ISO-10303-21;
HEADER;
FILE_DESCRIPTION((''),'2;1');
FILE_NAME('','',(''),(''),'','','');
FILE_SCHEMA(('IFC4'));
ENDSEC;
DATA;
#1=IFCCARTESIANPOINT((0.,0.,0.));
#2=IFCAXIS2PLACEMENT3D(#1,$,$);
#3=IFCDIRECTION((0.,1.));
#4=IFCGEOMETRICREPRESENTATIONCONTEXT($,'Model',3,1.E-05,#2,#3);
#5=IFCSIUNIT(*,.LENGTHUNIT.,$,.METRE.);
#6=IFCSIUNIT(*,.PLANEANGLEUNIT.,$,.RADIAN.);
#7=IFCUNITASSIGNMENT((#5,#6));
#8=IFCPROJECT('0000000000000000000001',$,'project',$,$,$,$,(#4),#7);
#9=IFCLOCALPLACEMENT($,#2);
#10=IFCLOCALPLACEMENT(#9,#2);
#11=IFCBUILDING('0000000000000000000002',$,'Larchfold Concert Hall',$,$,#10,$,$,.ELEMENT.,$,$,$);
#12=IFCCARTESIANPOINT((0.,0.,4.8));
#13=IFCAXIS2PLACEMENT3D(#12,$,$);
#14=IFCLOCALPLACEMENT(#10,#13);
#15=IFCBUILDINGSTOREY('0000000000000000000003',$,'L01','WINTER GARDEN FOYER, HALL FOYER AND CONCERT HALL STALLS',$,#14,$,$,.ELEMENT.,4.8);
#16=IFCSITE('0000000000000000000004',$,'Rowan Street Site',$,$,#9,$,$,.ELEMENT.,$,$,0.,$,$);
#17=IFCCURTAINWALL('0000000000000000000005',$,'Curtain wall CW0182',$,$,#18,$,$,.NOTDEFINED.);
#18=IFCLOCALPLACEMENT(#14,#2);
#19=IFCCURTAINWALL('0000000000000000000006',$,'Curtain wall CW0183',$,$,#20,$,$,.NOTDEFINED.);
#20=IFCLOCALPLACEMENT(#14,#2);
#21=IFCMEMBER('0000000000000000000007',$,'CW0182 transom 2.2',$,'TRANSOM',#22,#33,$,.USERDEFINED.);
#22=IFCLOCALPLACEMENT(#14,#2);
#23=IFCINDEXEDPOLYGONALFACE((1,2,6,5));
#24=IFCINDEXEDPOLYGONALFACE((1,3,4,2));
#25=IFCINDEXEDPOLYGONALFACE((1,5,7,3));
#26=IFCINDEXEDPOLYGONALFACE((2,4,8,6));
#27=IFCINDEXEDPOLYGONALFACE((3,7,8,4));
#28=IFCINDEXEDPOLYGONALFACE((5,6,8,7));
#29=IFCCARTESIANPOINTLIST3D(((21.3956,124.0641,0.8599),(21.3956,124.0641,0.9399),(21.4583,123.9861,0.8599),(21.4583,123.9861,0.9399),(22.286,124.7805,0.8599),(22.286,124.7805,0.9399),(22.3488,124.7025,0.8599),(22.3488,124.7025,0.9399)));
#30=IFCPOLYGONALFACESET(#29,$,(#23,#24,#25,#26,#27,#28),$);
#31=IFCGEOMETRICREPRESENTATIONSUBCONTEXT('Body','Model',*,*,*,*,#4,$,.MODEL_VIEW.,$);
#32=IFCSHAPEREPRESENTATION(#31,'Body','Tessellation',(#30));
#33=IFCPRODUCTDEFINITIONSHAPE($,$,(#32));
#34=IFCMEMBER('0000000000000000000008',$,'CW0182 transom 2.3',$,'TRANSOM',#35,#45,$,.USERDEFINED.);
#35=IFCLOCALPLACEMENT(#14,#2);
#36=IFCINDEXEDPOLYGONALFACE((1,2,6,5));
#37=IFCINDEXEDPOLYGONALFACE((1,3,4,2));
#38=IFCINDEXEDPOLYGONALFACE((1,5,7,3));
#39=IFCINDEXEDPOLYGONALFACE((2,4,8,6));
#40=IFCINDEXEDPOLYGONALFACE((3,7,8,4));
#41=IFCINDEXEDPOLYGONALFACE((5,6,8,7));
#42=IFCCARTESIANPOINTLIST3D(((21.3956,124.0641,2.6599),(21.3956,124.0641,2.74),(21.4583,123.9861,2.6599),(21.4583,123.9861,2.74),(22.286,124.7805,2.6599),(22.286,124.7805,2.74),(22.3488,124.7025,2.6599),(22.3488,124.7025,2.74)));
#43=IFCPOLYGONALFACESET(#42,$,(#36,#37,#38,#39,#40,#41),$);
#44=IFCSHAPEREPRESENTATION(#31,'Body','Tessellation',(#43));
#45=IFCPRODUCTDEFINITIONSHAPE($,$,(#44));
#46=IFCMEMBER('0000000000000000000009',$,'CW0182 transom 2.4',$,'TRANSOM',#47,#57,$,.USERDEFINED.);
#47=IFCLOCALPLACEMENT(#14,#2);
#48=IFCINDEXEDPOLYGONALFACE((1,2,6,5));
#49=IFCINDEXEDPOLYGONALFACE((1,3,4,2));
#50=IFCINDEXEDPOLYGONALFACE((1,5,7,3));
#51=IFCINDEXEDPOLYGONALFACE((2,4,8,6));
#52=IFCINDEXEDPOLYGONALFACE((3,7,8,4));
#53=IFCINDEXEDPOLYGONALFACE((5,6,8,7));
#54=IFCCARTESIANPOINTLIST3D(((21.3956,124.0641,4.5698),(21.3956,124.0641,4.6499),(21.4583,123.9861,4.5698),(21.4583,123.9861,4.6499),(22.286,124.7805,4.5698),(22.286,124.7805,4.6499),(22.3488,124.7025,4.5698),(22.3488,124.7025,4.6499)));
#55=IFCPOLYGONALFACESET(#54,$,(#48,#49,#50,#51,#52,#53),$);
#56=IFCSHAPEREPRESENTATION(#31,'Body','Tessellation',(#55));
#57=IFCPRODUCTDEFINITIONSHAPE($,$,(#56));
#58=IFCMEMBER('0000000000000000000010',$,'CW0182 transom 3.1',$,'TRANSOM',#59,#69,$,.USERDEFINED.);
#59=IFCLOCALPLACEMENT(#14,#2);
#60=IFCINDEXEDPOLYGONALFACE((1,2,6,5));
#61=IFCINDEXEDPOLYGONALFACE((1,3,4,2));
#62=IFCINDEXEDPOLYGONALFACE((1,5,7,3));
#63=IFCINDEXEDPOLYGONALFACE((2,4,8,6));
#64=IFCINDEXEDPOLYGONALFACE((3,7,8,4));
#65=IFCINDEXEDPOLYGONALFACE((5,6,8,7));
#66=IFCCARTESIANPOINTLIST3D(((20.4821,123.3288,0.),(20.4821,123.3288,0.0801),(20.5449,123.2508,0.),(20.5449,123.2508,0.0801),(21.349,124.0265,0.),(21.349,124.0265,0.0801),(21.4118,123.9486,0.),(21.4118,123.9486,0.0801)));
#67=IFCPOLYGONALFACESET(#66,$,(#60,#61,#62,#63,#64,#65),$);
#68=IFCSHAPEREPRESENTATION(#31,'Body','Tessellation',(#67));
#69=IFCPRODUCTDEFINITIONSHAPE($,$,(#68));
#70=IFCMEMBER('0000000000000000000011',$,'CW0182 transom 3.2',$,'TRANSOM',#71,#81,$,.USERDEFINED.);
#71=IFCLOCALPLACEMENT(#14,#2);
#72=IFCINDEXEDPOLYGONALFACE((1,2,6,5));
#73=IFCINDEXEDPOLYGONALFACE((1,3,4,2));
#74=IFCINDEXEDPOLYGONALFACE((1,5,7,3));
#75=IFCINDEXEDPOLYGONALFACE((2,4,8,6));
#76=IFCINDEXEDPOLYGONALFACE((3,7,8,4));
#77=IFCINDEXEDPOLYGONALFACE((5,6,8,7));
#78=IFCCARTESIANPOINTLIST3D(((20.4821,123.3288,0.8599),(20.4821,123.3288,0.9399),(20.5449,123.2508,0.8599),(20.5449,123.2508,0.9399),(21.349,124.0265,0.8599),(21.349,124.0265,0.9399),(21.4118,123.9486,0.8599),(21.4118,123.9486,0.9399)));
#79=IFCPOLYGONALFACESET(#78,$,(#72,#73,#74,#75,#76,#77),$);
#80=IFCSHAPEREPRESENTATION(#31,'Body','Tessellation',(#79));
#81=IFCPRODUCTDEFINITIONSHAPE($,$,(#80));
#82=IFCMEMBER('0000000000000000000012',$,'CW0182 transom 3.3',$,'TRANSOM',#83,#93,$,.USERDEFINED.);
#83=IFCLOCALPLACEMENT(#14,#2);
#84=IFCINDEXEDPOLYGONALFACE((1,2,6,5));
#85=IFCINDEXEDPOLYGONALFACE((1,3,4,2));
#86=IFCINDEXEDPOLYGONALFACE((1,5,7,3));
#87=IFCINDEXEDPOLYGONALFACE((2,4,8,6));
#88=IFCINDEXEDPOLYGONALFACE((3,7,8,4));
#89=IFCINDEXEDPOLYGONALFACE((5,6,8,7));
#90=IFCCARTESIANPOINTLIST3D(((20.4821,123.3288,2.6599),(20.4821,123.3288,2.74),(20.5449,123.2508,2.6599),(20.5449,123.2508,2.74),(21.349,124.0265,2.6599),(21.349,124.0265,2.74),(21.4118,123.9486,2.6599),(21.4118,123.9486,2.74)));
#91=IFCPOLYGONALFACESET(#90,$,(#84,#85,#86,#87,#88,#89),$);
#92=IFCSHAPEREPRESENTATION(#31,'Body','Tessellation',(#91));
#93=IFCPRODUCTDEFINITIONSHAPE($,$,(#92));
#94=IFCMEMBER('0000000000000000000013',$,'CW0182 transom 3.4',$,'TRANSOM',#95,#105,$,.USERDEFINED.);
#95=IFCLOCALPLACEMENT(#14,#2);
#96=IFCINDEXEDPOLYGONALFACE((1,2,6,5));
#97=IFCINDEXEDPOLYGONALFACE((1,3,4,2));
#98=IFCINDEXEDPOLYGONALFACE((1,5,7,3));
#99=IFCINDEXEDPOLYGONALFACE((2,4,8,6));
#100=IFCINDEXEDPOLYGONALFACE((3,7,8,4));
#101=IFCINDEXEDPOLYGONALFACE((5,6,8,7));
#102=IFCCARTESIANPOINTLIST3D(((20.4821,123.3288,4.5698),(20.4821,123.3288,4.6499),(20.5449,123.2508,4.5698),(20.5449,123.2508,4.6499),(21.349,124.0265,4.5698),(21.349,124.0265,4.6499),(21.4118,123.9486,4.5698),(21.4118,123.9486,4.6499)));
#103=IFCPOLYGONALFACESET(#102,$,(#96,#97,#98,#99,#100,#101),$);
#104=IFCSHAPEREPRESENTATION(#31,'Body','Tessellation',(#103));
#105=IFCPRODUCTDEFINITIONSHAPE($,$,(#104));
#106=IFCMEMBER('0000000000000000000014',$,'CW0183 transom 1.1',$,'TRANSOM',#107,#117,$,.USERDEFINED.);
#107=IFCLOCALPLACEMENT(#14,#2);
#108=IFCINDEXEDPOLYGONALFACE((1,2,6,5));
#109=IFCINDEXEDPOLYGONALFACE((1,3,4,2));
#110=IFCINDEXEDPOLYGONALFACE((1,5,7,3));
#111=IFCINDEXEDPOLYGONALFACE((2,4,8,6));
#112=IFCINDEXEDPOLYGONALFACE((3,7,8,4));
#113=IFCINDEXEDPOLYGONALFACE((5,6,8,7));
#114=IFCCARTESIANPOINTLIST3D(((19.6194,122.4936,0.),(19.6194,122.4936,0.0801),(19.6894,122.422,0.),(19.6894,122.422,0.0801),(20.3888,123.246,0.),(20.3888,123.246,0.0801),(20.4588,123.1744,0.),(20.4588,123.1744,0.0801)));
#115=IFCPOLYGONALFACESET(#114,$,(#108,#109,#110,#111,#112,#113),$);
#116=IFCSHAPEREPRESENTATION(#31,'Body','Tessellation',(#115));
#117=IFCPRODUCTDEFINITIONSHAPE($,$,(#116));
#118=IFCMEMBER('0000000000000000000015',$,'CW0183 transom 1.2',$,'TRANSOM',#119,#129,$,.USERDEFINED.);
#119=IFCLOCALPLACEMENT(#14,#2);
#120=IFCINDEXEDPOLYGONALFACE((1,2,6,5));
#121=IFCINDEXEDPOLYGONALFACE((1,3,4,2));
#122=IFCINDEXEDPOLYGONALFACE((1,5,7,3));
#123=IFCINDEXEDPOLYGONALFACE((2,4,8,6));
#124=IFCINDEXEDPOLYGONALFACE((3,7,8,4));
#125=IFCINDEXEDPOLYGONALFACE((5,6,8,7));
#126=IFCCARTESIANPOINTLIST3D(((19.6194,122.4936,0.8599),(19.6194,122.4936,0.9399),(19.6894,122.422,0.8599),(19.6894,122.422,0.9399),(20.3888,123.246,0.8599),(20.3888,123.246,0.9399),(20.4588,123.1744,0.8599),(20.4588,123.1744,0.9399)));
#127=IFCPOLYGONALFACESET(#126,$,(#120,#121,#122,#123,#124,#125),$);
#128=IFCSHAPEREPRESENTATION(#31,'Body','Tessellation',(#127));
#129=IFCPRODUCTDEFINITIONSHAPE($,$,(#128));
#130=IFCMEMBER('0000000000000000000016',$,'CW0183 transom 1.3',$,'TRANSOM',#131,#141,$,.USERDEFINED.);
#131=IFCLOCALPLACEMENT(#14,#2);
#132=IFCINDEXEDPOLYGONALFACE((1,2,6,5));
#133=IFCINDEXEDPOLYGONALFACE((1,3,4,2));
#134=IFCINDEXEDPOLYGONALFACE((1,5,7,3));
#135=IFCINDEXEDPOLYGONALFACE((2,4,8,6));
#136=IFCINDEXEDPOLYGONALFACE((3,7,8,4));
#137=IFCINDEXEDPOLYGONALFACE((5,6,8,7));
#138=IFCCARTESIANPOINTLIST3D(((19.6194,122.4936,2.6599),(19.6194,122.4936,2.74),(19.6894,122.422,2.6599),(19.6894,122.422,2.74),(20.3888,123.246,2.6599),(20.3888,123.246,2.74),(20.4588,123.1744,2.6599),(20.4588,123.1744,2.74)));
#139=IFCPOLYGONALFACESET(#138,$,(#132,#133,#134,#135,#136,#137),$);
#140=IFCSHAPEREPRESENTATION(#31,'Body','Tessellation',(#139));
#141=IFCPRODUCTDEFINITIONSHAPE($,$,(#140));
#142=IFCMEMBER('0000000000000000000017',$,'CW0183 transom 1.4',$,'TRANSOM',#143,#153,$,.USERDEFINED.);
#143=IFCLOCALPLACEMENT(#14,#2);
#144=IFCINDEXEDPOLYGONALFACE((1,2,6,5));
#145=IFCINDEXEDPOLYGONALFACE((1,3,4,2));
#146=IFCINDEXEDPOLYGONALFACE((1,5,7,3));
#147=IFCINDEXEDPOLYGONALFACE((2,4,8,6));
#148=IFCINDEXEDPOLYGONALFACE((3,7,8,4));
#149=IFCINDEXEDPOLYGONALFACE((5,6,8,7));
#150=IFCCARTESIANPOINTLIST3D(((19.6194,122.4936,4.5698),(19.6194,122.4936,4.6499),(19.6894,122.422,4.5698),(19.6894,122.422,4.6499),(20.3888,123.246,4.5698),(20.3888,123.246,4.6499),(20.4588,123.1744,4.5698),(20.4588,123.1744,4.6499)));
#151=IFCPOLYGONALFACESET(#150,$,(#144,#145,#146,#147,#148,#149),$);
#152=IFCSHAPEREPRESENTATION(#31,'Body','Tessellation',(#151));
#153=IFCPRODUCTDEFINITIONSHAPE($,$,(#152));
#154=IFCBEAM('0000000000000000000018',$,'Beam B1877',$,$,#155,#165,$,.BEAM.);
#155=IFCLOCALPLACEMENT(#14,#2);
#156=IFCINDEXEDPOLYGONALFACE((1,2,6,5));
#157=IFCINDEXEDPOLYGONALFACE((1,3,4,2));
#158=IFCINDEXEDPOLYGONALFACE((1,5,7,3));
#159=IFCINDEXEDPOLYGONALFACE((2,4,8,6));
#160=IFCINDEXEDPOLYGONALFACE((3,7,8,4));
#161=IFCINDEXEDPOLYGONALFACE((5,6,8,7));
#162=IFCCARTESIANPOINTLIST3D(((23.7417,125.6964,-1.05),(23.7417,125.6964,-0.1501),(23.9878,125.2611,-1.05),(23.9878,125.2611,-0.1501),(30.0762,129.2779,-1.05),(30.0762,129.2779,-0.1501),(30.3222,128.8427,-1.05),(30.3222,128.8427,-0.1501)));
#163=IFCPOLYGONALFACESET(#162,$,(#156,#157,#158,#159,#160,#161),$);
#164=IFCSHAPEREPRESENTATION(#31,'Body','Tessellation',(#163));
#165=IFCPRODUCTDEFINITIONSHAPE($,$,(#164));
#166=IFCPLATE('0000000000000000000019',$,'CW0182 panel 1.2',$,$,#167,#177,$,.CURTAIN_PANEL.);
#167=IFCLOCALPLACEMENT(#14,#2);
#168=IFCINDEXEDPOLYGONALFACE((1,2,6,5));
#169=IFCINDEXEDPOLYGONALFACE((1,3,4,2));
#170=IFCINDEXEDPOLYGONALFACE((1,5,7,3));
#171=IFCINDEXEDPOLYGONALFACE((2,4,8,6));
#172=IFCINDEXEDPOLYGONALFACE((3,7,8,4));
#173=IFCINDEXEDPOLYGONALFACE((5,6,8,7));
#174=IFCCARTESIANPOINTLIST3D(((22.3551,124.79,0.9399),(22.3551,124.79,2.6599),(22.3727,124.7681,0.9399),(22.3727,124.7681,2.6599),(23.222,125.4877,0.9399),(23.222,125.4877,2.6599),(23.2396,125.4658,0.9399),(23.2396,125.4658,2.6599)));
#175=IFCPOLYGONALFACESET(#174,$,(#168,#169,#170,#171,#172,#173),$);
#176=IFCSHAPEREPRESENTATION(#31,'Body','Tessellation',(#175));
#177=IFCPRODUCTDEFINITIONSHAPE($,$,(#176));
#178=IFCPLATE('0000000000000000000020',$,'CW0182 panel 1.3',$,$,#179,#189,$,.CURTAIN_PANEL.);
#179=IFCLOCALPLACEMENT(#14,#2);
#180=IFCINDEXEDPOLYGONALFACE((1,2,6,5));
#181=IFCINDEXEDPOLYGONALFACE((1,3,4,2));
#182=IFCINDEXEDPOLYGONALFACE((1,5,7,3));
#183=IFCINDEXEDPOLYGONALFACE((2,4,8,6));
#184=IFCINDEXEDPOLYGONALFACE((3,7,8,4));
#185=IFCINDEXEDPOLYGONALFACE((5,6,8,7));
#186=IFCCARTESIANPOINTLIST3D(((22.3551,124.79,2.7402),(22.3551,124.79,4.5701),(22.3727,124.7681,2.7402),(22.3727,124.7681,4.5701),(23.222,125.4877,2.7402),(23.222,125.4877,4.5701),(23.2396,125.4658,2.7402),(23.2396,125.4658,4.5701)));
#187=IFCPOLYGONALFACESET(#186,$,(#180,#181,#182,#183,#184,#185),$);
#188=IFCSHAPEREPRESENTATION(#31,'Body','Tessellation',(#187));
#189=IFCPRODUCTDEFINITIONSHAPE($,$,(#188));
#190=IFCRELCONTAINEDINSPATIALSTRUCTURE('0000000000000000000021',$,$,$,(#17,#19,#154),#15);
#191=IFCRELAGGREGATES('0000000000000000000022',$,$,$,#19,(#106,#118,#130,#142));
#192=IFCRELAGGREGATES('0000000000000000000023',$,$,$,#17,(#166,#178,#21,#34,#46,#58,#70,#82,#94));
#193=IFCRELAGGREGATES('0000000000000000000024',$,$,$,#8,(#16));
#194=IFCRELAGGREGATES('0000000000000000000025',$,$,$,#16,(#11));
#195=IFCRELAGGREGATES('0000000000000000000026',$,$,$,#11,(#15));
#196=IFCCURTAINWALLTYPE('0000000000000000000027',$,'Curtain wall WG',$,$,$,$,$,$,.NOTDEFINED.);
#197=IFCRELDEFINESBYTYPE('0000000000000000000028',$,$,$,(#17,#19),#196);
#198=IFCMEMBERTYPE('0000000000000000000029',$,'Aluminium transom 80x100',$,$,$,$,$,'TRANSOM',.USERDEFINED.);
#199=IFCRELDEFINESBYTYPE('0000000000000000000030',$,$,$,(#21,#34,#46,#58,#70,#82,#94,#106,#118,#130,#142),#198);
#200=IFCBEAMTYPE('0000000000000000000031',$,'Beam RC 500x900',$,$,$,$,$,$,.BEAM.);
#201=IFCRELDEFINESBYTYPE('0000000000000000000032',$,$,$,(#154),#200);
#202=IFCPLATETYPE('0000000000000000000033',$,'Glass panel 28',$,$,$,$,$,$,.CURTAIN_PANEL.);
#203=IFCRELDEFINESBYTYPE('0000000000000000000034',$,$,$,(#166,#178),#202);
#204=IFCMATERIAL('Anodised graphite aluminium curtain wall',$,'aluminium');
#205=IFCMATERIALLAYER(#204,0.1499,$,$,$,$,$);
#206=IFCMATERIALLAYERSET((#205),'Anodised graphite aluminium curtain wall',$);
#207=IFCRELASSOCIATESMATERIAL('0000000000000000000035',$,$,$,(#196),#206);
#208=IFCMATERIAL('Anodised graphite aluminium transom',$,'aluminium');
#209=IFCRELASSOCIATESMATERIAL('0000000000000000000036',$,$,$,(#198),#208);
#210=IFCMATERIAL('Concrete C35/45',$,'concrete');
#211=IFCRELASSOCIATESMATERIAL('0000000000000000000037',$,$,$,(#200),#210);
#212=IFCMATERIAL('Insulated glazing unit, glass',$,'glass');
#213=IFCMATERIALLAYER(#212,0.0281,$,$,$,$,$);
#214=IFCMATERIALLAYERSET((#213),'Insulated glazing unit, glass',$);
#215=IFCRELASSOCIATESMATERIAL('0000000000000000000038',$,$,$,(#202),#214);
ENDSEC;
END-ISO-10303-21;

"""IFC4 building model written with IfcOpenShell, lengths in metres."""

from ifc_helpers import new_model, si_unit, direction, frame, origin, origin_2d, place, context, subcontext, project, spatial, rectangle, extrude, material, layer, layer_set, material_profile, profile_set, type_object, element, aggregate, save


model = new_model("IFC4")

# Units and contexts
model_context = context("Model", 3, precision=1e-05, world=origin(), true_north=direction((0.0, 1.0)))
body_context = subcontext(model_context, "Body", "Model", "MODEL_VIEW")
ifc_project = project(units=[si_unit("LENGTHUNIT", "METRE"), si_unit("PLANEANGLEUNIT", "RADIAN")], contexts=[model_context])

# Site, building, storey
site_placement = place(None, origin())
site = spatial("IfcSite", under=ifc_project, at=site_placement, Name="Rowan Street Site", CompositionType="ELEMENT", RefElevation=0.0)
building_placement = place(site_placement, origin())
building = spatial("IfcBuilding", under=site, at=building_placement, Name="Larchfold Concert Hall", CompositionType="ELEMENT")
storey_placement = place(building_placement, frame((0.0, 0.0, 4.8)))
storey = spatial("IfcBuildingStorey", under=building, at=storey_placement, Name="L01", Description="WINTER GARDEN FOYER, HALL FOYER AND CONCERT HALL STALLS", CompositionType="ELEMENT", Elevation=4.8)

# Shared definitions
ifc_material_1 = material(Name="Anodised graphite aluminium curtain wall", Category="aluminium")
ifc_layer_1 = layer(ifc_material_1, 0.1499)
ifc_layer_set_1 = layer_set([ifc_layer_1], Name="Anodised graphite aluminium curtain wall")
curtain_wall_type = type_object("IfcCurtainWallType", Name="Curtain wall WG", PredefinedType="NOTDEFINED", material=ifc_layer_set_1)

# Curtain wall
curtain_wall_1_placement = place(storey_placement, origin())
curtain_wall_1 = element("IfcCurtainWall", 1, at=curtain_wall_1_placement, inside=storey, type_object=curtain_wall_type, Name="Curtain wall CW0182", PredefinedType="NOTDEFINED")

# Curtain wall
curtain_wall_2_placement = place(storey_placement, origin())
curtain_wall_2 = element("IfcCurtainWall", 2, at=curtain_wall_2_placement, inside=storey, type_object=curtain_wall_type, Name="Curtain wall CW0183", PredefinedType="NOTDEFINED")

# Members
ifc_material_2 = material(Name="Anodised graphite aluminium transom", Category="aluminium")
ifc_material_profile_1 = material_profile(ifc_material_2, rectangle(XDim=0.1001, YDim=0.0801, at=origin_2d()))
ifc_profile_set_1 = profile_set([ifc_material_profile_1], Name="Anodised graphite aluminium transom")
member_type_1 = type_object("IfcMemberType", Name="Aluminium transom 80x100", ElementType="TRANSOM", PredefinedType="USERDEFINED", material=ifc_profile_set_1)
member_1_placement = place(storey_placement, frame((22.3174, 124.7415, 0.8999), z_axis=(-0.779157, -0.626829, 0.0), x_axis=(0.626829, -0.779157, 0.0)))
member_1 = element("IfcMember", 3, at=member_1_placement, type_object=member_type_1, Name="CW0182 transom 2.2", ObjectType="TRANSOM", PredefinedType="USERDEFINED", context=body_context, shape_type="SweptSolid", body=[
    extrude(rectangle(XDim=0.1001, YDim=0.0801, at=origin_2d()), origin(), (0.0, 0.0, 1.0), 1.1428),
])
member_2_placement = place(storey_placement, frame((22.3174, 124.7415, 2.7), z_axis=(-0.779157, -0.626829, 0.0), x_axis=(0.626829, -0.779157, 0.0)))
member_2 = element("IfcMember", 4, at=member_2_placement, type_object=member_type_1, Name="CW0182 transom 2.3", ObjectType="TRANSOM", PredefinedType="USERDEFINED", context=body_context, shape_type="SweptSolid", body=[
    extrude(rectangle(XDim=0.1001, YDim=0.0801, at=origin_2d()), origin(), (0.0, 0.0, 1.0), 1.1428),
])
member_3_placement = place(storey_placement, frame((22.3174, 124.7415, 4.6099), z_axis=(-0.779157, -0.626829, 0.0), x_axis=(0.626829, -0.779157, 0.0)))
member_3 = element("IfcMember", 5, at=member_3_placement, type_object=member_type_1, Name="CW0182 transom 2.4", ObjectType="TRANSOM", PredefinedType="USERDEFINED", context=body_context, shape_type="SweptSolid", body=[
    extrude(rectangle(XDim=0.1001, YDim=0.0801, at=origin_2d()), origin(), (0.0, 0.0, 1.0), 1.1428),
])
member_4_placement = place(storey_placement, frame((21.3804, 123.9875, 0.04), z_axis=(-0.779025, -0.626993, 0.0), x_axis=(0.626993, -0.779025, 0.0)))
member_4 = element("IfcMember", 6, at=member_4_placement, type_object=member_type_1, Name="CW0182 transom 3.1", ObjectType="TRANSOM", PredefinedType="USERDEFINED", context=body_context, shape_type="SweptSolid", body=[
    extrude(rectangle(XDim=0.1001, YDim=0.0801, at=origin_2d()), origin(), (0.0, 0.0, 1.0), 1.1128),
])
member_5_placement = place(storey_placement, frame((21.3804, 123.9875, 0.8999), z_axis=(-0.779025, -0.626993, 0.0), x_axis=(0.626993, -0.779025, 0.0)))
member_5 = element("IfcMember", 7, at=member_5_placement, type_object=member_type_1, Name="CW0182 transom 3.2", ObjectType="TRANSOM", PredefinedType="USERDEFINED", context=body_context, shape_type="SweptSolid", body=[
    extrude(rectangle(XDim=0.1001, YDim=0.0801, at=origin_2d()), origin(), (0.0, 0.0, 1.0), 1.1128),
])
member_6_placement = place(storey_placement, frame((21.3804, 123.9875, 2.7), z_axis=(-0.779025, -0.626993, 0.0), x_axis=(0.626993, -0.779025, 0.0)))
member_6 = element("IfcMember", 8, at=member_6_placement, type_object=member_type_1, Name="CW0182 transom 3.3", ObjectType="TRANSOM", PredefinedType="USERDEFINED", context=body_context, shape_type="SweptSolid", body=[
    extrude(rectangle(XDim=0.1001, YDim=0.0801, at=origin_2d()), origin(), (0.0, 0.0, 1.0), 1.1128),
])
member_7_placement = place(storey_placement, frame((21.3804, 123.9875, 4.6099), z_axis=(-0.779025, -0.626993, 0.0), x_axis=(0.626993, -0.779025, 0.0)))
member_7 = element("IfcMember", 9, at=member_7_placement, type_object=member_type_1, Name="CW0182 transom 3.4", ObjectType="TRANSOM", PredefinedType="USERDEFINED", context=body_context, shape_type="SweptSolid", body=[
    extrude(rectangle(XDim=0.1001, YDim=0.0801, at=origin_2d()), origin(), (0.0, 0.0, 1.0), 1.1128),
])
member_8_placement = place(storey_placement, frame((20.4238, 123.2102, 0.04), z_axis=(-0.715002, -0.699123, 0.0), x_axis=(0.699123, -0.715002, 0.0)))
member_8 = element("IfcMember", 10, at=member_8_placement, type_object=member_type_1, Name="CW0183 transom 1.1", ObjectType="TRANSOM", PredefinedType="USERDEFINED", context=body_context, shape_type="SweptSolid", body=[
    extrude(rectangle(XDim=0.1001, YDim=0.0801, at=origin_2d()), origin(), (0.0, 0.0, 1.0), 1.0762),
])
member_9_placement = place(storey_placement, frame((20.4238, 123.2102, 0.8999), z_axis=(-0.715002, -0.699123, 0.0), x_axis=(0.699123, -0.715002, 0.0)))
member_9 = element("IfcMember", 11, at=member_9_placement, type_object=member_type_1, Name="CW0183 transom 1.2", ObjectType="TRANSOM", PredefinedType="USERDEFINED", context=body_context, shape_type="SweptSolid", body=[
    extrude(rectangle(XDim=0.1001, YDim=0.0801, at=origin_2d()), origin(), (0.0, 0.0, 1.0), 1.0762),
])
member_10_placement = place(storey_placement, frame((20.4238, 123.2102, 2.7), z_axis=(-0.715002, -0.699123, 0.0), x_axis=(0.699123, -0.715002, 0.0)))
member_10 = element("IfcMember", 12, at=member_10_placement, type_object=member_type_1, Name="CW0183 transom 1.3", ObjectType="TRANSOM", PredefinedType="USERDEFINED", context=body_context, shape_type="SweptSolid", body=[
    extrude(rectangle(XDim=0.1001, YDim=0.0801, at=origin_2d()), origin(), (0.0, 0.0, 1.0), 1.0762),
])
member_11_placement = place(storey_placement, frame((20.4238, 123.2102, 4.6099), z_axis=(-0.715002, -0.699123, 0.0), x_axis=(0.699123, -0.715002, 0.0)))
member_11 = element("IfcMember", 13, at=member_11_placement, type_object=member_type_1, Name="CW0183 transom 1.4", ObjectType="TRANSOM", PredefinedType="USERDEFINED", context=body_context, shape_type="SweptSolid", body=[
    extrude(rectangle(XDim=0.1001, YDim=0.0801, at=origin_2d()), origin(), (0.0, 0.0, 1.0), 1.0762),
])

# Beam
ifc_material_3 = material(Name="Concrete C35/45", Category="concrete")
ifc_material_profile_2 = material_profile(ifc_material_3, rectangle(XDim=0.5, YDim=0.8999, at=origin_2d()))
ifc_profile_set_2 = profile_set([ifc_material_profile_2], Name="Concrete C35/45")
beam_type = type_object("IfcBeamType", Name="Beam RC 500x900", PredefinedType="BEAM", material=ifc_profile_set_2)
beam_placement = place(storey_placement, frame((23.8647, 125.4788, -0.6001), z_axis=(0.870493, 0.492181, 0.0), x_axis=(-0.492181, 0.870493, 0.0)))
element("IfcBeam", 14, at=beam_placement, inside=storey, type_object=beam_type, Name="Beam B1877", PredefinedType="BEAM", context=body_context, shape_type="SweptSolid", body=[
    extrude(rectangle(XDim=0.5, YDim=0.8999, at=origin_2d()), origin(), (0.0, 0.0, 1.0), 7.2769),
])

# Plates
ifc_material_4 = material(Name="Insulated glazing unit, glass", Category="glass")
ifc_layer_2 = layer(ifc_material_4, 0.0281)
ifc_layer_set_2 = layer_set([ifc_layer_2], Name="Insulated glazing unit, glass")
plate_type_1 = type_object("IfcPlateType", Name="Glass panel 28", PredefinedType="CURTAIN_PANEL", material=ifc_layer_set_2)
plate_1_placement = place(storey_placement, frame((22.7974, 125.1279, 0.9399), z_axis=(0.0, 0.0, 1.0), x_axis=(-0.77903, -0.626986, 0.0)))
plate_1 = element("IfcPlate", 15, at=plate_1_placement, type_object=plate_type_1, Name="CW0182 panel 1.2", PredefinedType="CURTAIN_PANEL", context=body_context, shape_type="SweptSolid", body=[
    extrude(rectangle(XDim=1.1128, YDim=0.0281, at=origin_2d()), origin(), (0.0, 0.0, 1.0), 1.72),
])
plate_2_placement = place(storey_placement, frame((22.7974, 125.1279, 2.7402), z_axis=(0.0, 0.0, 1.0), x_axis=(-0.77903, -0.626986, 0.0)))
plate_2 = element("IfcPlate", 16, at=plate_2_placement, type_object=plate_type_1, Name="CW0182 panel 1.3", PredefinedType="CURTAIN_PANEL", context=body_context, shape_type="SweptSolid", body=[
    extrude(rectangle(XDim=1.1128, YDim=0.0281, at=origin_2d()), origin(), (0.0, 0.0, 1.0), 1.8298),
])
aggregate(curtain_wall_2, [member_8, member_9, member_10, member_11])
aggregate(curtain_wall_1, [plate_1, plate_2, member_1, member_2, member_3, member_4, member_5, member_6, member_7])

save(model, "model.ifc")
